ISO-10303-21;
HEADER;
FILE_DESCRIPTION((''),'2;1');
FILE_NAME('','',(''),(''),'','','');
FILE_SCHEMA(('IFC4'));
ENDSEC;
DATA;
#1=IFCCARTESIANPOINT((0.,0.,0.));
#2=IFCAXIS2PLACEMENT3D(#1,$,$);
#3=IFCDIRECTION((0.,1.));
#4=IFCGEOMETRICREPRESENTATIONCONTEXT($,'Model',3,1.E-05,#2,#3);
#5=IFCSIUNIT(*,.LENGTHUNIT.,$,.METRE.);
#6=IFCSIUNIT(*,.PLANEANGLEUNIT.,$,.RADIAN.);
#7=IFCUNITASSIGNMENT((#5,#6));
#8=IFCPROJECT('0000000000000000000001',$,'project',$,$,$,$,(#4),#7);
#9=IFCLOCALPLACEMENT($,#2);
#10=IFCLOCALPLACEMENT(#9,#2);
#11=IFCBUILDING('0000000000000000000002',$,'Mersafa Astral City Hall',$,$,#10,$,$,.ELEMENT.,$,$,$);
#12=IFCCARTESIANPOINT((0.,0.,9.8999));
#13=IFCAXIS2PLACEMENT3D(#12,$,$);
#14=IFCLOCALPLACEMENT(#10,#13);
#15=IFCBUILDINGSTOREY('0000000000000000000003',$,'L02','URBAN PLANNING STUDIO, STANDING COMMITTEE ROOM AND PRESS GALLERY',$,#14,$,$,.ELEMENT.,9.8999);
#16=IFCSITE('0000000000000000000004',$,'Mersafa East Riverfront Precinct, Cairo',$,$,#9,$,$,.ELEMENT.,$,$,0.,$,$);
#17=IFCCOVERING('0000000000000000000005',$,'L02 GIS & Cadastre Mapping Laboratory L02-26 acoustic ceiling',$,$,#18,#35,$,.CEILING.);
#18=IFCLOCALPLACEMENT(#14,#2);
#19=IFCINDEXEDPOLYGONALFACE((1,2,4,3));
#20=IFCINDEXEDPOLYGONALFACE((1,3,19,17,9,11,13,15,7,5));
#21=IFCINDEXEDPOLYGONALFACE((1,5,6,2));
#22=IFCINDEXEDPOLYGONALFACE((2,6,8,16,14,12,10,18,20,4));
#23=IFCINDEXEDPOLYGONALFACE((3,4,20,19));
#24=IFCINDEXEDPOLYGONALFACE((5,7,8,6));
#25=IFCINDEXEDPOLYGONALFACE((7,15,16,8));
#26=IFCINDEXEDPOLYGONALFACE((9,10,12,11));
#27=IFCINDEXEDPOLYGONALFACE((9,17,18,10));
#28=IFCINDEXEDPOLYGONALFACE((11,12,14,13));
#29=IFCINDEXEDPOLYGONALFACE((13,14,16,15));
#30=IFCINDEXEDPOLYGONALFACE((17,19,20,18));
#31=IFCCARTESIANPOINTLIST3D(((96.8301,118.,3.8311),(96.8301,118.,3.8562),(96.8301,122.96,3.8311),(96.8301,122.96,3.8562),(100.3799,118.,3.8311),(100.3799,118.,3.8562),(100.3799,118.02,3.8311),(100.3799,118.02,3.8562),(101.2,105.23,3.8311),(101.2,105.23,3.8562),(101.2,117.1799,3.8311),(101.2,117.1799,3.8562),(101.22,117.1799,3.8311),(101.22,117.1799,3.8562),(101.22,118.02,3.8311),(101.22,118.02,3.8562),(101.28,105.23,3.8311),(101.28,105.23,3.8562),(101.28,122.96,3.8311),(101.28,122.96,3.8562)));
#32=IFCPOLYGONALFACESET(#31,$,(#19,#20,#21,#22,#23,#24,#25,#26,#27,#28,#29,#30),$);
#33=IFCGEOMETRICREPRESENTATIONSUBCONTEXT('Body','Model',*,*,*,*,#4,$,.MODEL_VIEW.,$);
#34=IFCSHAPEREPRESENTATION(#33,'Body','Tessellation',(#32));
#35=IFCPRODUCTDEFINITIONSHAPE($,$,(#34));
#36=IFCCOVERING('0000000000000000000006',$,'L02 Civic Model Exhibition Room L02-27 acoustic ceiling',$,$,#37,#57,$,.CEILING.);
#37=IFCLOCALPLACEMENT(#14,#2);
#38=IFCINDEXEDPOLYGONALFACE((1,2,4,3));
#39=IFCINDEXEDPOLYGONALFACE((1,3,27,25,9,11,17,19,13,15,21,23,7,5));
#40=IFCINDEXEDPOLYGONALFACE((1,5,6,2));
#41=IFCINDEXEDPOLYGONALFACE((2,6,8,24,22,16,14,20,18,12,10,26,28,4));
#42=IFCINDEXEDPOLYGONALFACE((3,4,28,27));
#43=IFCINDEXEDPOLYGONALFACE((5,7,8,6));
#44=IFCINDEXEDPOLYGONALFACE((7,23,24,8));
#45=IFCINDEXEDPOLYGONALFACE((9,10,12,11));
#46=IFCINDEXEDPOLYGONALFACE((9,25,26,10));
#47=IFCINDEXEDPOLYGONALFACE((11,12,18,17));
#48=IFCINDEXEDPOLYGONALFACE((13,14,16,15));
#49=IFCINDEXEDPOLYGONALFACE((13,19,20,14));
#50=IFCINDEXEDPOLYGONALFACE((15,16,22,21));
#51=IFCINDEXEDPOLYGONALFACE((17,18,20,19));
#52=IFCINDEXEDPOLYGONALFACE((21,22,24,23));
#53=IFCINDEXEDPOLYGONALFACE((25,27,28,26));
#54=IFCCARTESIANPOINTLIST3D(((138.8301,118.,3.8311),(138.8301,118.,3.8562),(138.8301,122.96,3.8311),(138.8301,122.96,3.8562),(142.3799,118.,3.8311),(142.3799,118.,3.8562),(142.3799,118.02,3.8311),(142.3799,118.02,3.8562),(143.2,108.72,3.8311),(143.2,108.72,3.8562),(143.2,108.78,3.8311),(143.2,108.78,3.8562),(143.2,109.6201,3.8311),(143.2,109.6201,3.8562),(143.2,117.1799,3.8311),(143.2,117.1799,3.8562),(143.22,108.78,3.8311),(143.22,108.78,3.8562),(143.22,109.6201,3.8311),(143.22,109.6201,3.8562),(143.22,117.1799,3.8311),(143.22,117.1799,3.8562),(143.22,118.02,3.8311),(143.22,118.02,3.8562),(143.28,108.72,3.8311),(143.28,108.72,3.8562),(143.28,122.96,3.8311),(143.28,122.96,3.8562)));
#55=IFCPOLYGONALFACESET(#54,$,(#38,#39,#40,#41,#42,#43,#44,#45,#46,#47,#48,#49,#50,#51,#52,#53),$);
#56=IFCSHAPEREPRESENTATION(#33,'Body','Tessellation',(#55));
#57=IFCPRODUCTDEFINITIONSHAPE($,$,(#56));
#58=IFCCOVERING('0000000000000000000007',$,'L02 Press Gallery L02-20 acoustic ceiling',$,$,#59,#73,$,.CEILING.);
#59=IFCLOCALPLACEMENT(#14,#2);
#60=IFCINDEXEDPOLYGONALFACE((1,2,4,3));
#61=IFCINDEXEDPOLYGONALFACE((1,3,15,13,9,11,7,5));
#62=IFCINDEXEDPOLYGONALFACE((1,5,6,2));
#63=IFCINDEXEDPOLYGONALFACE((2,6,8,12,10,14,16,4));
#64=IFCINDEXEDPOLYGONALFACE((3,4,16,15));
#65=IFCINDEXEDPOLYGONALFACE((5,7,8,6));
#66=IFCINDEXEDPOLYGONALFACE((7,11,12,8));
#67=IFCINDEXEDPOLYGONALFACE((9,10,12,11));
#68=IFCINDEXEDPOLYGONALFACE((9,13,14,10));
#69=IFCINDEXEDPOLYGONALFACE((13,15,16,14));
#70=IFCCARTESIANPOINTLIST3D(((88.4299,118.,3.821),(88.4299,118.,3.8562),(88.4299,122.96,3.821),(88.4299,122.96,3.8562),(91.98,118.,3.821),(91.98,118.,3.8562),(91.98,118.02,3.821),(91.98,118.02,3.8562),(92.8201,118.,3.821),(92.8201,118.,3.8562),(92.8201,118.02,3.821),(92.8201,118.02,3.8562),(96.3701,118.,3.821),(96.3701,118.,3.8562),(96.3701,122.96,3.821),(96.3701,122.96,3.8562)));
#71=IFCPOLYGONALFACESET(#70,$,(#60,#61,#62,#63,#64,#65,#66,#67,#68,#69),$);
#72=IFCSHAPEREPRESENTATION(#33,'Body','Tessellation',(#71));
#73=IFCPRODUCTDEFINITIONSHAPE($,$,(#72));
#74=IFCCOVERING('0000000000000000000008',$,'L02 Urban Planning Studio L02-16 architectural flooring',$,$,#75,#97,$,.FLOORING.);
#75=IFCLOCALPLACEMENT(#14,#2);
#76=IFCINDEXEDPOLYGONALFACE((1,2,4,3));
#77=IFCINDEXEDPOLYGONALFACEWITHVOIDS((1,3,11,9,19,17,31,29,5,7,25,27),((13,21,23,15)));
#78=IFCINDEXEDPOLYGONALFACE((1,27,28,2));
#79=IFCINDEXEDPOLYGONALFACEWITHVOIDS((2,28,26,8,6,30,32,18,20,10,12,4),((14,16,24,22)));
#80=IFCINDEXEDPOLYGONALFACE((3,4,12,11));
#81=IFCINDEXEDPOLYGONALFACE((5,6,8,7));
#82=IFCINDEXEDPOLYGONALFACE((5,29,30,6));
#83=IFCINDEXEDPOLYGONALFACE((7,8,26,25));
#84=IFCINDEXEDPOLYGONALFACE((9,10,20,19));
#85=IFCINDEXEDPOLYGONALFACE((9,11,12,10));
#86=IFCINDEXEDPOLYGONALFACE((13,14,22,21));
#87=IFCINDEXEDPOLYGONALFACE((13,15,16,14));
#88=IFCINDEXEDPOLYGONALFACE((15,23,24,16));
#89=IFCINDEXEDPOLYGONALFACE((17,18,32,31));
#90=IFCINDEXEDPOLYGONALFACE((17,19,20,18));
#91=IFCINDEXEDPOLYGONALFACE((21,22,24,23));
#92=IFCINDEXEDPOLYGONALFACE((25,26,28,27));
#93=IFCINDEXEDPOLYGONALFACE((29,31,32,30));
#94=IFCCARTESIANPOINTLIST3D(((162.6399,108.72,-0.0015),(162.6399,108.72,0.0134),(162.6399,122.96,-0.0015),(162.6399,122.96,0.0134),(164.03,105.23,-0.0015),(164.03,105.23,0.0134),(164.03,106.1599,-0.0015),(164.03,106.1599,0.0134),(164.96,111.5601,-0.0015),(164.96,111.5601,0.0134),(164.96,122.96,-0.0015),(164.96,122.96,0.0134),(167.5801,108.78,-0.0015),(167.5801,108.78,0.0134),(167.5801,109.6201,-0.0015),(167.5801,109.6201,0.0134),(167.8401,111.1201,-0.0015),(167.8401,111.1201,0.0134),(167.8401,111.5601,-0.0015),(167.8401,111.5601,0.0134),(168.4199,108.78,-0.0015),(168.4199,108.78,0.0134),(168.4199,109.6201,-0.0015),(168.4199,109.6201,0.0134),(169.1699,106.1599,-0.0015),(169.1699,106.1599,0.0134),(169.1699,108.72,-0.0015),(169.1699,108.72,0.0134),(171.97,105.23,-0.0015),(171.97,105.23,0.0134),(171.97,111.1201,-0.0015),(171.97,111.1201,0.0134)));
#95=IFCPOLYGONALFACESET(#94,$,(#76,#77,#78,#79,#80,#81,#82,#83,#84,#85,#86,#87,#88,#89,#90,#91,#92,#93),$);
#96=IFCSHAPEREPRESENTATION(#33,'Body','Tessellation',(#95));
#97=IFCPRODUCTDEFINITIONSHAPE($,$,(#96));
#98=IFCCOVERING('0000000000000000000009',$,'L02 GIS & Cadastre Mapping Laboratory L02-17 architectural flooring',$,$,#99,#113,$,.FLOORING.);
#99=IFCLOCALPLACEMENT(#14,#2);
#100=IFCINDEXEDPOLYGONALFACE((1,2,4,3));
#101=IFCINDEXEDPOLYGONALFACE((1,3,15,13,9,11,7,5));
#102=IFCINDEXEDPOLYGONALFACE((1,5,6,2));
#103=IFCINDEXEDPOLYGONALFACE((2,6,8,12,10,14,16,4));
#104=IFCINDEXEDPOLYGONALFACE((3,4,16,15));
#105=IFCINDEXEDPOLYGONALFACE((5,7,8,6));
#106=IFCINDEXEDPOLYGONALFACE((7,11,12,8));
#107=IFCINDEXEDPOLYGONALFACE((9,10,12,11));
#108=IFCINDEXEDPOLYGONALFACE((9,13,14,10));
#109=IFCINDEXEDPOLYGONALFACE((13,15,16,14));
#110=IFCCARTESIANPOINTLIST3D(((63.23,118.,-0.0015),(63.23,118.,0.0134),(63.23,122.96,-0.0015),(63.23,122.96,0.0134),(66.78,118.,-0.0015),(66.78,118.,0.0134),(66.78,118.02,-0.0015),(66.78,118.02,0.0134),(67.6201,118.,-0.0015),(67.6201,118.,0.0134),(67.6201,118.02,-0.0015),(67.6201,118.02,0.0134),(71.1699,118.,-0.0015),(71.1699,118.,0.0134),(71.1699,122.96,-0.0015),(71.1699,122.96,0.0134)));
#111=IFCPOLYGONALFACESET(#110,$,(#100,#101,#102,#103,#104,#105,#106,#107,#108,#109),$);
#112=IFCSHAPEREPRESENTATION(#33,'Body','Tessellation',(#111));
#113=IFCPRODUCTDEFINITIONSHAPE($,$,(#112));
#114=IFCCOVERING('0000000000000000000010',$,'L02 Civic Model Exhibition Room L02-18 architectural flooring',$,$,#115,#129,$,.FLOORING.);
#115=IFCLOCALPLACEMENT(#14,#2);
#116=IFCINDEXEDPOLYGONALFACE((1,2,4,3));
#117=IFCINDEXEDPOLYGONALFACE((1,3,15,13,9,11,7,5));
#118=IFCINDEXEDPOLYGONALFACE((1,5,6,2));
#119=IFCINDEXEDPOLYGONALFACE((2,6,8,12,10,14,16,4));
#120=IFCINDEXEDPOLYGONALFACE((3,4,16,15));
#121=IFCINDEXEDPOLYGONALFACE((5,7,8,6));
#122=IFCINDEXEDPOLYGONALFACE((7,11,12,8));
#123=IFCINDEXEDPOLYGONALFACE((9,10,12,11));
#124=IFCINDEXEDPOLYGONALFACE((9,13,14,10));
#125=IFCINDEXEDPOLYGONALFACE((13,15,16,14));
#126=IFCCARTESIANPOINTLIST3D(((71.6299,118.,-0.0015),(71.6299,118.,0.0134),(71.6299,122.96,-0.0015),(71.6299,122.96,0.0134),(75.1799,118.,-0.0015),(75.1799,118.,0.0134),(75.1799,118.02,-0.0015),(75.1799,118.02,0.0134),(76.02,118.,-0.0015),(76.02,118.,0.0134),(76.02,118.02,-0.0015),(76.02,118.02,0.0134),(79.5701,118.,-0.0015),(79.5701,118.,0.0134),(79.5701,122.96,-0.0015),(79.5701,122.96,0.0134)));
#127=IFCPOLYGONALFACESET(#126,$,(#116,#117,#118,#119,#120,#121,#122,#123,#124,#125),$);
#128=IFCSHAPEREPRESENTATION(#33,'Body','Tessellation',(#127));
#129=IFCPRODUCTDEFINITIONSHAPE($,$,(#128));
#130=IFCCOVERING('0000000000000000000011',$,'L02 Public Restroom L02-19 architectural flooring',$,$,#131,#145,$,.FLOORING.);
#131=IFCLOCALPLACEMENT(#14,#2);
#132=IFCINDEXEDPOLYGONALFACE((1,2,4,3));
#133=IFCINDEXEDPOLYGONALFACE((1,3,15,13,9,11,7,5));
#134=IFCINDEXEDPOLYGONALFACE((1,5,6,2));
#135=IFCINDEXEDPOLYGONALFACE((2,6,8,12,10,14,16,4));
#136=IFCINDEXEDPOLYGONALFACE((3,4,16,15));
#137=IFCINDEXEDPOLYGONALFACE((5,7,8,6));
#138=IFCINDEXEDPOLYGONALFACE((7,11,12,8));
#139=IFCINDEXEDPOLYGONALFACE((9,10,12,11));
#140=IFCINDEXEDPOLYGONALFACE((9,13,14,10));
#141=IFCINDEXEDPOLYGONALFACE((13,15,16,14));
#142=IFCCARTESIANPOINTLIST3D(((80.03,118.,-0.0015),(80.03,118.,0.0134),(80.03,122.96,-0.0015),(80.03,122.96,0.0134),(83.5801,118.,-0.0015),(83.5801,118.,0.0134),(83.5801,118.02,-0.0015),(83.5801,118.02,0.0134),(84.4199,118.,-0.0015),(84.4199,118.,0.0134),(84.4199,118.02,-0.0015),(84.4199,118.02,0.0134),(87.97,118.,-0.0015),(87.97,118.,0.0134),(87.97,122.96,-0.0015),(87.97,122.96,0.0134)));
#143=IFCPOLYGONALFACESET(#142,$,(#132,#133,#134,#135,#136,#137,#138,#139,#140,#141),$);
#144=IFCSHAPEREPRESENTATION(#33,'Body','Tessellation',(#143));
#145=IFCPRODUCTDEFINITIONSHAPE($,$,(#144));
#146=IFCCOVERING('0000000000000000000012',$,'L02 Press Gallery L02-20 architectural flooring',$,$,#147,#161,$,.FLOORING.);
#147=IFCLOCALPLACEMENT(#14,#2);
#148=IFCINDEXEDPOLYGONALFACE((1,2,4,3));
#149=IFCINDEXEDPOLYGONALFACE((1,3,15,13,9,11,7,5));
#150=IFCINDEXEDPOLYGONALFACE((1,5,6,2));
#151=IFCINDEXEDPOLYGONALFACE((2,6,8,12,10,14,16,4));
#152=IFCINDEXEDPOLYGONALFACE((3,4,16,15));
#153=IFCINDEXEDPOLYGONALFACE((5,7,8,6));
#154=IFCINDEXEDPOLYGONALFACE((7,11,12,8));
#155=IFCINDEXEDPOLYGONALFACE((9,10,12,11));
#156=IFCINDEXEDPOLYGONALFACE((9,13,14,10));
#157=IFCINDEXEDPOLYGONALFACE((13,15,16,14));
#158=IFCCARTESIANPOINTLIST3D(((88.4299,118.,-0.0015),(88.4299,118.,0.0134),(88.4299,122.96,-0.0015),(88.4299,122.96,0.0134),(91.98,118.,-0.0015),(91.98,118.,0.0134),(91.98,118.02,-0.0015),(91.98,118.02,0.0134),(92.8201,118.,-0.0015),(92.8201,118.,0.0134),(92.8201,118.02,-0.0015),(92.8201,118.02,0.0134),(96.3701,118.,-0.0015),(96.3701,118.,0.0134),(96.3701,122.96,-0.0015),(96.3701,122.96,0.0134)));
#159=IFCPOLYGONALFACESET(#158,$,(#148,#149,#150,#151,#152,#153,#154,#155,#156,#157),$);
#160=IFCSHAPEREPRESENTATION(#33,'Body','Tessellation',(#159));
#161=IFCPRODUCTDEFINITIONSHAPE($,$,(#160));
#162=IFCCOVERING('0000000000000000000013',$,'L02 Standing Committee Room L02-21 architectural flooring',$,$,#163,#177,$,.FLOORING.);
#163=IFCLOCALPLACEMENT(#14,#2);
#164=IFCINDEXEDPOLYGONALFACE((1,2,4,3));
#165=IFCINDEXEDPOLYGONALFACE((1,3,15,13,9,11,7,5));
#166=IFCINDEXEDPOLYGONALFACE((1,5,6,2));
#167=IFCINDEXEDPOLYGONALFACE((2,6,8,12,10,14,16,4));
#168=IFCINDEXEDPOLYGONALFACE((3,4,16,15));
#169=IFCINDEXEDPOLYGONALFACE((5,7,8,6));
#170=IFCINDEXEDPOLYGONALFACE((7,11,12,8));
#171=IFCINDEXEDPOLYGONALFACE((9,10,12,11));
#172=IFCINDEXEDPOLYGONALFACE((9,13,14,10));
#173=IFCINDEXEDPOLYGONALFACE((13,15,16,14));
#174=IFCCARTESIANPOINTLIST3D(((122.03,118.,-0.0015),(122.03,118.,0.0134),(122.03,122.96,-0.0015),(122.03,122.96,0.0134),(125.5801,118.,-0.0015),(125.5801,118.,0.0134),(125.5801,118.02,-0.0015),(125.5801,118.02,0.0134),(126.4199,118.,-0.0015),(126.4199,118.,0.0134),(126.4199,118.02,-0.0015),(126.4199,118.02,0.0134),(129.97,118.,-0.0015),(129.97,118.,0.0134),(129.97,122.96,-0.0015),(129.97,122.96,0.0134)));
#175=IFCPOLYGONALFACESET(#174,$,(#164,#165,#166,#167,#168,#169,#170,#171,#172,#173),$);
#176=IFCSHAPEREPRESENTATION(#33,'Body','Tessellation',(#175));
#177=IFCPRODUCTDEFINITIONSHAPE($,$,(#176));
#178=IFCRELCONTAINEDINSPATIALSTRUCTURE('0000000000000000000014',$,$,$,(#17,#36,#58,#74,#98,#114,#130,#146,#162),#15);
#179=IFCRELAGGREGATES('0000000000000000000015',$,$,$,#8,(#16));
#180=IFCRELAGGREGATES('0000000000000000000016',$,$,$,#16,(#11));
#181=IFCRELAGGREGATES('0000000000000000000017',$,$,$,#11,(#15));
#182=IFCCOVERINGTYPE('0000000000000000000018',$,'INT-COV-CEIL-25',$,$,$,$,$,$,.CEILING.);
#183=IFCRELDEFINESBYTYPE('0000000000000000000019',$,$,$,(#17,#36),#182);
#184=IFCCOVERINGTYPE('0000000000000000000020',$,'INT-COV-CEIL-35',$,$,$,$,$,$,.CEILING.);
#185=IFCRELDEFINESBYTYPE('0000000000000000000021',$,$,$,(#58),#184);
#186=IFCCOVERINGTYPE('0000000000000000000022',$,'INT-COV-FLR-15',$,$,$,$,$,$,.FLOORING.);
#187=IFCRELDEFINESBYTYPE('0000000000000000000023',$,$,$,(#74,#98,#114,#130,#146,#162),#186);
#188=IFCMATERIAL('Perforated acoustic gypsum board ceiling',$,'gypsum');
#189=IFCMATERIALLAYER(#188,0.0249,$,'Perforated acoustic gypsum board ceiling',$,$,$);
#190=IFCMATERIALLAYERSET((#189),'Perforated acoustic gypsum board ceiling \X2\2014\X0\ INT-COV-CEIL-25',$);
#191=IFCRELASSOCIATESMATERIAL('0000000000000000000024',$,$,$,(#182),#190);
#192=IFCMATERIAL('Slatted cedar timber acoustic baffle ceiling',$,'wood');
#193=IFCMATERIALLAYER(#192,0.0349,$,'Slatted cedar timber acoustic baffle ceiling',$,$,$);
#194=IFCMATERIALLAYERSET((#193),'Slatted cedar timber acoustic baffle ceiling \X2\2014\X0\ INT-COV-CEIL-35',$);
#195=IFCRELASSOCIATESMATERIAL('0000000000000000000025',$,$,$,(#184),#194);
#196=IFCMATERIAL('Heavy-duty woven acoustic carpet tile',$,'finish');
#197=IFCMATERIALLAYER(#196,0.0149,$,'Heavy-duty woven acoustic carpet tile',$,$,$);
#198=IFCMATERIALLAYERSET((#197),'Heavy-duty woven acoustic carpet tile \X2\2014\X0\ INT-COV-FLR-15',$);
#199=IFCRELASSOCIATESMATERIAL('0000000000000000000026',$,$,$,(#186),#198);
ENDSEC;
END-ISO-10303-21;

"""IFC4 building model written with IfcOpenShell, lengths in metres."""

from ifc_helpers import new_model, si_unit, direction, frame, origin, place, context, subcontext, project, spatial, polyline, outline, extrude, material, layer, layer_set, type_object, element, save


model = new_model("IFC4")

# Units and contexts
model_context = context("Model", 3, precision=1e-05, world=origin(), true_north=direction((0.0, 1.0)))
body_context = subcontext(model_context, "Body", "Model", "MODEL_VIEW")
ifc_project = project(units=[si_unit("LENGTHUNIT", "METRE"), si_unit("PLANEANGLEUNIT", "RADIAN")], contexts=[model_context])

# Site, building, storey
site_placement = place(None, origin())
site = spatial("IfcSite", under=ifc_project, at=site_placement, Name="Mersafa East Riverfront Precinct, Cairo", CompositionType="ELEMENT", RefElevation=0.0)
building_placement = place(site_placement, origin())
building = spatial("IfcBuilding", under=site, at=building_placement, Name="Mersafa Astral City Hall", CompositionType="ELEMENT")
storey_placement = place(building_placement, frame((0.0, 0.0, 9.8999)))
storey = spatial("IfcBuildingStorey", under=building, at=storey_placement, Name="L02", Description="URBAN PLANNING STUDIO, STANDING COMMITTEE ROOM AND PRESS GALLERY", CompositionType="ELEMENT", Elevation=9.8999)

# Coverings
ifc_material_1 = material(Name="Perforated acoustic gypsum board ceiling", Category="gypsum")
ifc_layer_1 = layer(ifc_material_1, 0.0249, Name="Perforated acoustic gypsum board ceiling")
ifc_layer_set_1 = layer_set([ifc_layer_1], Name="Perforated acoustic gypsum board ceiling — INT-COV-CEIL-25")
covering_type_1 = type_object("IfcCoveringType", Name="INT-COV-CEIL-25", PredefinedType="CEILING", material=ifc_layer_set_1)
covering_1_placement = place(storey_placement, frame((0.0, 0.0, 3.8311)))
element("IfcCovering", 1, at=covering_1_placement, inside=storey, type_object=covering_type_1, Name="L02 GIS & Cadastre Mapping Laboratory L02-26 acoustic ceiling", PredefinedType="CEILING", context=body_context, shape_type="SweptSolid", body=[
    extrude(outline(polyline([(96.8301, 122.96), (101.28, 122.96), (101.28, 105.23), (101.2, 105.23), (101.2, 117.1799), (101.22, 117.1799), (101.22, 118.02), (100.3799, 118.02), (100.3799, 118.0), (96.8301, 118.0), (96.8301, 122.96)])), origin(), (0.0, 0.0, 1.0), 0.0251),
])
covering_2_placement = place(storey_placement, frame((0.0, 0.0, 3.8311)))
element("IfcCovering", 2, at=covering_2_placement, inside=storey, type_object=covering_type_1, Name="L02 Civic Model Exhibition Room L02-27 acoustic ceiling", PredefinedType="CEILING", context=body_context, shape_type="SweptSolid", body=[
    extrude(outline(polyline([(138.8301, 118.0), (138.8301, 122.96), (143.28, 122.96), (143.28, 108.72), (143.2, 108.72), (143.2, 108.78), (143.22, 108.78), (143.22, 109.6201), (143.2, 109.6201), (143.2, 117.1799), (143.22, 117.1799), (143.22, 118.02), (142.3799, 118.02), (142.3799, 118.0), (138.8301, 118.0)])), origin(), (0.0, 0.0, 1.0), 0.0251),
])
ifc_material_2 = material(Name="Slatted cedar timber acoustic baffle ceiling", Category="wood")
ifc_layer_2 = layer(ifc_material_2, 0.0349, Name="Slatted cedar timber acoustic baffle ceiling")
ifc_layer_set_2 = layer_set([ifc_layer_2], Name="Slatted cedar timber acoustic baffle ceiling — INT-COV-CEIL-35")
covering_type_2 = type_object("IfcCoveringType", Name="INT-COV-CEIL-35", PredefinedType="CEILING", material=ifc_layer_set_2)
covering_3_placement = place(storey_placement, frame((0.0, 0.0, 3.821)))
element("IfcCovering", 3, at=covering_3_placement, inside=storey, type_object=covering_type_2, Name="L02 Press Gallery L02-20 acoustic ceiling", PredefinedType="CEILING", context=body_context, shape_type="SweptSolid", body=[
    extrude(outline(polyline([(96.3701, 122.96), (96.3701, 118.0), (92.8201, 118.0), (92.8201, 118.02), (91.98, 118.02), (91.98, 118.0), (88.4299, 118.0), (88.4299, 122.96), (96.3701, 122.96)])), origin(), (0.0, 0.0, 1.0), 0.0352),
])
ifc_material_3 = material(Name="Heavy-duty woven acoustic carpet tile", Category="finish")
ifc_layer_3 = layer(ifc_material_3, 0.0149, Name="Heavy-duty woven acoustic carpet tile")
ifc_layer_set_3 = layer_set([ifc_layer_3], Name="Heavy-duty woven acoustic carpet tile — INT-COV-FLR-15")
covering_type_3 = type_object("IfcCoveringType", Name="INT-COV-FLR-15", PredefinedType="FLOORING", material=ifc_layer_set_3)
covering_4_placement = place(storey_placement, frame((0.0, 0.0, -0.0015)))
element("IfcCovering", 4, at=covering_4_placement, inside=storey, type_object=covering_type_3, Name="L02 Urban Planning Studio L02-16 architectural flooring", PredefinedType="FLOORING", context=body_context, shape_type="SweptSolid", body=[
    extrude(outline(polyline([(162.6399, 122.96), (164.96, 122.96), (164.96, 111.5601), (167.8401, 111.5601), (167.8401, 111.1201), (171.97, 111.1201), (171.97, 105.23), (164.03, 105.23), (164.03, 106.1599), (169.1699, 106.1599), (169.1699, 108.72), (162.6399, 108.72), (162.6399, 122.96)]), holes=[polyline([(167.5801, 108.78), (168.4199, 108.78), (168.4199, 109.6201), (167.5801, 109.6201), (167.5801, 108.78)])]), origin(), (0.0, 0.0, 1.0), 0.0149),
])
covering_5_placement = place(storey_placement, frame((0.0, 0.0, -0.0015)))
element("IfcCovering", 5, at=covering_5_placement, inside=storey, type_object=covering_type_3, Name="L02 GIS & Cadastre Mapping Laboratory L02-17 architectural flooring", PredefinedType="FLOORING", context=body_context, shape_type="SweptSolid", body=[
    extrude(outline(polyline([(71.1699, 122.96), (71.1699, 118.0), (67.6201, 118.0), (67.6201, 118.02), (66.78, 118.02), (66.78, 118.0), (63.23, 118.0), (63.23, 122.96), (71.1699, 122.96)])), origin(), (0.0, 0.0, 1.0), 0.0149),
])
covering_6_placement = place(storey_placement, frame((0.0, 0.0, -0.0015)))
element("IfcCovering", 6, at=covering_6_placement, inside=storey, type_object=covering_type_3, Name="L02 Civic Model Exhibition Room L02-18 architectural flooring", PredefinedType="FLOORING", context=body_context, shape_type="SweptSolid", body=[
    extrude(outline(polyline([(79.5701, 122.96), (79.5701, 118.0), (76.02, 118.0), (76.02, 118.02), (75.1799, 118.02), (75.1799, 118.0), (71.6299, 118.0), (71.6299, 122.96), (79.5701, 122.96)])), origin(), (0.0, 0.0, 1.0), 0.0149),
])
covering_7_placement = place(storey_placement, frame((0.0, 0.0, -0.0015)))
element("IfcCovering", 7, at=covering_7_placement, inside=storey, type_object=covering_type_3, Name="L02 Public Restroom L02-19 architectural flooring", PredefinedType="FLOORING", context=body_context, shape_type="SweptSolid", body=[
    extrude(outline(polyline([(87.97, 122.96), (87.97, 118.0), (84.4199, 118.0), (84.4199, 118.02), (83.5801, 118.02), (83.5801, 118.0), (80.03, 118.0), (80.03, 122.96), (87.97, 122.96)])), origin(), (0.0, 0.0, 1.0), 0.0149),
])
covering_8_placement = place(storey_placement, frame((0.0, 0.0, -0.0015)))
element("IfcCovering", 8, at=covering_8_placement, inside=storey, type_object=covering_type_3, Name="L02 Press Gallery L02-20 architectural flooring", PredefinedType="FLOORING", context=body_context, shape_type="SweptSolid", body=[
    extrude(outline(polyline([(96.3701, 122.96), (96.3701, 118.0), (92.8201, 118.0), (92.8201, 118.02), (91.98, 118.02), (91.98, 118.0), (88.4299, 118.0), (88.4299, 122.96), (96.3701, 122.96)])), origin(), (0.0, 0.0, 1.0), 0.0149),
])
covering_9_placement = place(storey_placement, frame((0.0, 0.0, -0.0015)))
element("IfcCovering", 9, at=covering_9_placement, inside=storey, type_object=covering_type_3, Name="L02 Standing Committee Room L02-21 architectural flooring", PredefinedType="FLOORING", context=body_context, shape_type="SweptSolid", body=[
    extrude(outline(polyline([(122.03, 118.0), (122.03, 122.96), (129.97, 122.96), (129.97, 118.0), (126.4199, 118.0), (126.4199, 118.02), (125.5801, 118.02), (125.5801, 118.0), (122.03, 118.0)])), origin(), (0.0, 0.0, 1.0), 0.0149),
])

save(model, "model.ifc")
